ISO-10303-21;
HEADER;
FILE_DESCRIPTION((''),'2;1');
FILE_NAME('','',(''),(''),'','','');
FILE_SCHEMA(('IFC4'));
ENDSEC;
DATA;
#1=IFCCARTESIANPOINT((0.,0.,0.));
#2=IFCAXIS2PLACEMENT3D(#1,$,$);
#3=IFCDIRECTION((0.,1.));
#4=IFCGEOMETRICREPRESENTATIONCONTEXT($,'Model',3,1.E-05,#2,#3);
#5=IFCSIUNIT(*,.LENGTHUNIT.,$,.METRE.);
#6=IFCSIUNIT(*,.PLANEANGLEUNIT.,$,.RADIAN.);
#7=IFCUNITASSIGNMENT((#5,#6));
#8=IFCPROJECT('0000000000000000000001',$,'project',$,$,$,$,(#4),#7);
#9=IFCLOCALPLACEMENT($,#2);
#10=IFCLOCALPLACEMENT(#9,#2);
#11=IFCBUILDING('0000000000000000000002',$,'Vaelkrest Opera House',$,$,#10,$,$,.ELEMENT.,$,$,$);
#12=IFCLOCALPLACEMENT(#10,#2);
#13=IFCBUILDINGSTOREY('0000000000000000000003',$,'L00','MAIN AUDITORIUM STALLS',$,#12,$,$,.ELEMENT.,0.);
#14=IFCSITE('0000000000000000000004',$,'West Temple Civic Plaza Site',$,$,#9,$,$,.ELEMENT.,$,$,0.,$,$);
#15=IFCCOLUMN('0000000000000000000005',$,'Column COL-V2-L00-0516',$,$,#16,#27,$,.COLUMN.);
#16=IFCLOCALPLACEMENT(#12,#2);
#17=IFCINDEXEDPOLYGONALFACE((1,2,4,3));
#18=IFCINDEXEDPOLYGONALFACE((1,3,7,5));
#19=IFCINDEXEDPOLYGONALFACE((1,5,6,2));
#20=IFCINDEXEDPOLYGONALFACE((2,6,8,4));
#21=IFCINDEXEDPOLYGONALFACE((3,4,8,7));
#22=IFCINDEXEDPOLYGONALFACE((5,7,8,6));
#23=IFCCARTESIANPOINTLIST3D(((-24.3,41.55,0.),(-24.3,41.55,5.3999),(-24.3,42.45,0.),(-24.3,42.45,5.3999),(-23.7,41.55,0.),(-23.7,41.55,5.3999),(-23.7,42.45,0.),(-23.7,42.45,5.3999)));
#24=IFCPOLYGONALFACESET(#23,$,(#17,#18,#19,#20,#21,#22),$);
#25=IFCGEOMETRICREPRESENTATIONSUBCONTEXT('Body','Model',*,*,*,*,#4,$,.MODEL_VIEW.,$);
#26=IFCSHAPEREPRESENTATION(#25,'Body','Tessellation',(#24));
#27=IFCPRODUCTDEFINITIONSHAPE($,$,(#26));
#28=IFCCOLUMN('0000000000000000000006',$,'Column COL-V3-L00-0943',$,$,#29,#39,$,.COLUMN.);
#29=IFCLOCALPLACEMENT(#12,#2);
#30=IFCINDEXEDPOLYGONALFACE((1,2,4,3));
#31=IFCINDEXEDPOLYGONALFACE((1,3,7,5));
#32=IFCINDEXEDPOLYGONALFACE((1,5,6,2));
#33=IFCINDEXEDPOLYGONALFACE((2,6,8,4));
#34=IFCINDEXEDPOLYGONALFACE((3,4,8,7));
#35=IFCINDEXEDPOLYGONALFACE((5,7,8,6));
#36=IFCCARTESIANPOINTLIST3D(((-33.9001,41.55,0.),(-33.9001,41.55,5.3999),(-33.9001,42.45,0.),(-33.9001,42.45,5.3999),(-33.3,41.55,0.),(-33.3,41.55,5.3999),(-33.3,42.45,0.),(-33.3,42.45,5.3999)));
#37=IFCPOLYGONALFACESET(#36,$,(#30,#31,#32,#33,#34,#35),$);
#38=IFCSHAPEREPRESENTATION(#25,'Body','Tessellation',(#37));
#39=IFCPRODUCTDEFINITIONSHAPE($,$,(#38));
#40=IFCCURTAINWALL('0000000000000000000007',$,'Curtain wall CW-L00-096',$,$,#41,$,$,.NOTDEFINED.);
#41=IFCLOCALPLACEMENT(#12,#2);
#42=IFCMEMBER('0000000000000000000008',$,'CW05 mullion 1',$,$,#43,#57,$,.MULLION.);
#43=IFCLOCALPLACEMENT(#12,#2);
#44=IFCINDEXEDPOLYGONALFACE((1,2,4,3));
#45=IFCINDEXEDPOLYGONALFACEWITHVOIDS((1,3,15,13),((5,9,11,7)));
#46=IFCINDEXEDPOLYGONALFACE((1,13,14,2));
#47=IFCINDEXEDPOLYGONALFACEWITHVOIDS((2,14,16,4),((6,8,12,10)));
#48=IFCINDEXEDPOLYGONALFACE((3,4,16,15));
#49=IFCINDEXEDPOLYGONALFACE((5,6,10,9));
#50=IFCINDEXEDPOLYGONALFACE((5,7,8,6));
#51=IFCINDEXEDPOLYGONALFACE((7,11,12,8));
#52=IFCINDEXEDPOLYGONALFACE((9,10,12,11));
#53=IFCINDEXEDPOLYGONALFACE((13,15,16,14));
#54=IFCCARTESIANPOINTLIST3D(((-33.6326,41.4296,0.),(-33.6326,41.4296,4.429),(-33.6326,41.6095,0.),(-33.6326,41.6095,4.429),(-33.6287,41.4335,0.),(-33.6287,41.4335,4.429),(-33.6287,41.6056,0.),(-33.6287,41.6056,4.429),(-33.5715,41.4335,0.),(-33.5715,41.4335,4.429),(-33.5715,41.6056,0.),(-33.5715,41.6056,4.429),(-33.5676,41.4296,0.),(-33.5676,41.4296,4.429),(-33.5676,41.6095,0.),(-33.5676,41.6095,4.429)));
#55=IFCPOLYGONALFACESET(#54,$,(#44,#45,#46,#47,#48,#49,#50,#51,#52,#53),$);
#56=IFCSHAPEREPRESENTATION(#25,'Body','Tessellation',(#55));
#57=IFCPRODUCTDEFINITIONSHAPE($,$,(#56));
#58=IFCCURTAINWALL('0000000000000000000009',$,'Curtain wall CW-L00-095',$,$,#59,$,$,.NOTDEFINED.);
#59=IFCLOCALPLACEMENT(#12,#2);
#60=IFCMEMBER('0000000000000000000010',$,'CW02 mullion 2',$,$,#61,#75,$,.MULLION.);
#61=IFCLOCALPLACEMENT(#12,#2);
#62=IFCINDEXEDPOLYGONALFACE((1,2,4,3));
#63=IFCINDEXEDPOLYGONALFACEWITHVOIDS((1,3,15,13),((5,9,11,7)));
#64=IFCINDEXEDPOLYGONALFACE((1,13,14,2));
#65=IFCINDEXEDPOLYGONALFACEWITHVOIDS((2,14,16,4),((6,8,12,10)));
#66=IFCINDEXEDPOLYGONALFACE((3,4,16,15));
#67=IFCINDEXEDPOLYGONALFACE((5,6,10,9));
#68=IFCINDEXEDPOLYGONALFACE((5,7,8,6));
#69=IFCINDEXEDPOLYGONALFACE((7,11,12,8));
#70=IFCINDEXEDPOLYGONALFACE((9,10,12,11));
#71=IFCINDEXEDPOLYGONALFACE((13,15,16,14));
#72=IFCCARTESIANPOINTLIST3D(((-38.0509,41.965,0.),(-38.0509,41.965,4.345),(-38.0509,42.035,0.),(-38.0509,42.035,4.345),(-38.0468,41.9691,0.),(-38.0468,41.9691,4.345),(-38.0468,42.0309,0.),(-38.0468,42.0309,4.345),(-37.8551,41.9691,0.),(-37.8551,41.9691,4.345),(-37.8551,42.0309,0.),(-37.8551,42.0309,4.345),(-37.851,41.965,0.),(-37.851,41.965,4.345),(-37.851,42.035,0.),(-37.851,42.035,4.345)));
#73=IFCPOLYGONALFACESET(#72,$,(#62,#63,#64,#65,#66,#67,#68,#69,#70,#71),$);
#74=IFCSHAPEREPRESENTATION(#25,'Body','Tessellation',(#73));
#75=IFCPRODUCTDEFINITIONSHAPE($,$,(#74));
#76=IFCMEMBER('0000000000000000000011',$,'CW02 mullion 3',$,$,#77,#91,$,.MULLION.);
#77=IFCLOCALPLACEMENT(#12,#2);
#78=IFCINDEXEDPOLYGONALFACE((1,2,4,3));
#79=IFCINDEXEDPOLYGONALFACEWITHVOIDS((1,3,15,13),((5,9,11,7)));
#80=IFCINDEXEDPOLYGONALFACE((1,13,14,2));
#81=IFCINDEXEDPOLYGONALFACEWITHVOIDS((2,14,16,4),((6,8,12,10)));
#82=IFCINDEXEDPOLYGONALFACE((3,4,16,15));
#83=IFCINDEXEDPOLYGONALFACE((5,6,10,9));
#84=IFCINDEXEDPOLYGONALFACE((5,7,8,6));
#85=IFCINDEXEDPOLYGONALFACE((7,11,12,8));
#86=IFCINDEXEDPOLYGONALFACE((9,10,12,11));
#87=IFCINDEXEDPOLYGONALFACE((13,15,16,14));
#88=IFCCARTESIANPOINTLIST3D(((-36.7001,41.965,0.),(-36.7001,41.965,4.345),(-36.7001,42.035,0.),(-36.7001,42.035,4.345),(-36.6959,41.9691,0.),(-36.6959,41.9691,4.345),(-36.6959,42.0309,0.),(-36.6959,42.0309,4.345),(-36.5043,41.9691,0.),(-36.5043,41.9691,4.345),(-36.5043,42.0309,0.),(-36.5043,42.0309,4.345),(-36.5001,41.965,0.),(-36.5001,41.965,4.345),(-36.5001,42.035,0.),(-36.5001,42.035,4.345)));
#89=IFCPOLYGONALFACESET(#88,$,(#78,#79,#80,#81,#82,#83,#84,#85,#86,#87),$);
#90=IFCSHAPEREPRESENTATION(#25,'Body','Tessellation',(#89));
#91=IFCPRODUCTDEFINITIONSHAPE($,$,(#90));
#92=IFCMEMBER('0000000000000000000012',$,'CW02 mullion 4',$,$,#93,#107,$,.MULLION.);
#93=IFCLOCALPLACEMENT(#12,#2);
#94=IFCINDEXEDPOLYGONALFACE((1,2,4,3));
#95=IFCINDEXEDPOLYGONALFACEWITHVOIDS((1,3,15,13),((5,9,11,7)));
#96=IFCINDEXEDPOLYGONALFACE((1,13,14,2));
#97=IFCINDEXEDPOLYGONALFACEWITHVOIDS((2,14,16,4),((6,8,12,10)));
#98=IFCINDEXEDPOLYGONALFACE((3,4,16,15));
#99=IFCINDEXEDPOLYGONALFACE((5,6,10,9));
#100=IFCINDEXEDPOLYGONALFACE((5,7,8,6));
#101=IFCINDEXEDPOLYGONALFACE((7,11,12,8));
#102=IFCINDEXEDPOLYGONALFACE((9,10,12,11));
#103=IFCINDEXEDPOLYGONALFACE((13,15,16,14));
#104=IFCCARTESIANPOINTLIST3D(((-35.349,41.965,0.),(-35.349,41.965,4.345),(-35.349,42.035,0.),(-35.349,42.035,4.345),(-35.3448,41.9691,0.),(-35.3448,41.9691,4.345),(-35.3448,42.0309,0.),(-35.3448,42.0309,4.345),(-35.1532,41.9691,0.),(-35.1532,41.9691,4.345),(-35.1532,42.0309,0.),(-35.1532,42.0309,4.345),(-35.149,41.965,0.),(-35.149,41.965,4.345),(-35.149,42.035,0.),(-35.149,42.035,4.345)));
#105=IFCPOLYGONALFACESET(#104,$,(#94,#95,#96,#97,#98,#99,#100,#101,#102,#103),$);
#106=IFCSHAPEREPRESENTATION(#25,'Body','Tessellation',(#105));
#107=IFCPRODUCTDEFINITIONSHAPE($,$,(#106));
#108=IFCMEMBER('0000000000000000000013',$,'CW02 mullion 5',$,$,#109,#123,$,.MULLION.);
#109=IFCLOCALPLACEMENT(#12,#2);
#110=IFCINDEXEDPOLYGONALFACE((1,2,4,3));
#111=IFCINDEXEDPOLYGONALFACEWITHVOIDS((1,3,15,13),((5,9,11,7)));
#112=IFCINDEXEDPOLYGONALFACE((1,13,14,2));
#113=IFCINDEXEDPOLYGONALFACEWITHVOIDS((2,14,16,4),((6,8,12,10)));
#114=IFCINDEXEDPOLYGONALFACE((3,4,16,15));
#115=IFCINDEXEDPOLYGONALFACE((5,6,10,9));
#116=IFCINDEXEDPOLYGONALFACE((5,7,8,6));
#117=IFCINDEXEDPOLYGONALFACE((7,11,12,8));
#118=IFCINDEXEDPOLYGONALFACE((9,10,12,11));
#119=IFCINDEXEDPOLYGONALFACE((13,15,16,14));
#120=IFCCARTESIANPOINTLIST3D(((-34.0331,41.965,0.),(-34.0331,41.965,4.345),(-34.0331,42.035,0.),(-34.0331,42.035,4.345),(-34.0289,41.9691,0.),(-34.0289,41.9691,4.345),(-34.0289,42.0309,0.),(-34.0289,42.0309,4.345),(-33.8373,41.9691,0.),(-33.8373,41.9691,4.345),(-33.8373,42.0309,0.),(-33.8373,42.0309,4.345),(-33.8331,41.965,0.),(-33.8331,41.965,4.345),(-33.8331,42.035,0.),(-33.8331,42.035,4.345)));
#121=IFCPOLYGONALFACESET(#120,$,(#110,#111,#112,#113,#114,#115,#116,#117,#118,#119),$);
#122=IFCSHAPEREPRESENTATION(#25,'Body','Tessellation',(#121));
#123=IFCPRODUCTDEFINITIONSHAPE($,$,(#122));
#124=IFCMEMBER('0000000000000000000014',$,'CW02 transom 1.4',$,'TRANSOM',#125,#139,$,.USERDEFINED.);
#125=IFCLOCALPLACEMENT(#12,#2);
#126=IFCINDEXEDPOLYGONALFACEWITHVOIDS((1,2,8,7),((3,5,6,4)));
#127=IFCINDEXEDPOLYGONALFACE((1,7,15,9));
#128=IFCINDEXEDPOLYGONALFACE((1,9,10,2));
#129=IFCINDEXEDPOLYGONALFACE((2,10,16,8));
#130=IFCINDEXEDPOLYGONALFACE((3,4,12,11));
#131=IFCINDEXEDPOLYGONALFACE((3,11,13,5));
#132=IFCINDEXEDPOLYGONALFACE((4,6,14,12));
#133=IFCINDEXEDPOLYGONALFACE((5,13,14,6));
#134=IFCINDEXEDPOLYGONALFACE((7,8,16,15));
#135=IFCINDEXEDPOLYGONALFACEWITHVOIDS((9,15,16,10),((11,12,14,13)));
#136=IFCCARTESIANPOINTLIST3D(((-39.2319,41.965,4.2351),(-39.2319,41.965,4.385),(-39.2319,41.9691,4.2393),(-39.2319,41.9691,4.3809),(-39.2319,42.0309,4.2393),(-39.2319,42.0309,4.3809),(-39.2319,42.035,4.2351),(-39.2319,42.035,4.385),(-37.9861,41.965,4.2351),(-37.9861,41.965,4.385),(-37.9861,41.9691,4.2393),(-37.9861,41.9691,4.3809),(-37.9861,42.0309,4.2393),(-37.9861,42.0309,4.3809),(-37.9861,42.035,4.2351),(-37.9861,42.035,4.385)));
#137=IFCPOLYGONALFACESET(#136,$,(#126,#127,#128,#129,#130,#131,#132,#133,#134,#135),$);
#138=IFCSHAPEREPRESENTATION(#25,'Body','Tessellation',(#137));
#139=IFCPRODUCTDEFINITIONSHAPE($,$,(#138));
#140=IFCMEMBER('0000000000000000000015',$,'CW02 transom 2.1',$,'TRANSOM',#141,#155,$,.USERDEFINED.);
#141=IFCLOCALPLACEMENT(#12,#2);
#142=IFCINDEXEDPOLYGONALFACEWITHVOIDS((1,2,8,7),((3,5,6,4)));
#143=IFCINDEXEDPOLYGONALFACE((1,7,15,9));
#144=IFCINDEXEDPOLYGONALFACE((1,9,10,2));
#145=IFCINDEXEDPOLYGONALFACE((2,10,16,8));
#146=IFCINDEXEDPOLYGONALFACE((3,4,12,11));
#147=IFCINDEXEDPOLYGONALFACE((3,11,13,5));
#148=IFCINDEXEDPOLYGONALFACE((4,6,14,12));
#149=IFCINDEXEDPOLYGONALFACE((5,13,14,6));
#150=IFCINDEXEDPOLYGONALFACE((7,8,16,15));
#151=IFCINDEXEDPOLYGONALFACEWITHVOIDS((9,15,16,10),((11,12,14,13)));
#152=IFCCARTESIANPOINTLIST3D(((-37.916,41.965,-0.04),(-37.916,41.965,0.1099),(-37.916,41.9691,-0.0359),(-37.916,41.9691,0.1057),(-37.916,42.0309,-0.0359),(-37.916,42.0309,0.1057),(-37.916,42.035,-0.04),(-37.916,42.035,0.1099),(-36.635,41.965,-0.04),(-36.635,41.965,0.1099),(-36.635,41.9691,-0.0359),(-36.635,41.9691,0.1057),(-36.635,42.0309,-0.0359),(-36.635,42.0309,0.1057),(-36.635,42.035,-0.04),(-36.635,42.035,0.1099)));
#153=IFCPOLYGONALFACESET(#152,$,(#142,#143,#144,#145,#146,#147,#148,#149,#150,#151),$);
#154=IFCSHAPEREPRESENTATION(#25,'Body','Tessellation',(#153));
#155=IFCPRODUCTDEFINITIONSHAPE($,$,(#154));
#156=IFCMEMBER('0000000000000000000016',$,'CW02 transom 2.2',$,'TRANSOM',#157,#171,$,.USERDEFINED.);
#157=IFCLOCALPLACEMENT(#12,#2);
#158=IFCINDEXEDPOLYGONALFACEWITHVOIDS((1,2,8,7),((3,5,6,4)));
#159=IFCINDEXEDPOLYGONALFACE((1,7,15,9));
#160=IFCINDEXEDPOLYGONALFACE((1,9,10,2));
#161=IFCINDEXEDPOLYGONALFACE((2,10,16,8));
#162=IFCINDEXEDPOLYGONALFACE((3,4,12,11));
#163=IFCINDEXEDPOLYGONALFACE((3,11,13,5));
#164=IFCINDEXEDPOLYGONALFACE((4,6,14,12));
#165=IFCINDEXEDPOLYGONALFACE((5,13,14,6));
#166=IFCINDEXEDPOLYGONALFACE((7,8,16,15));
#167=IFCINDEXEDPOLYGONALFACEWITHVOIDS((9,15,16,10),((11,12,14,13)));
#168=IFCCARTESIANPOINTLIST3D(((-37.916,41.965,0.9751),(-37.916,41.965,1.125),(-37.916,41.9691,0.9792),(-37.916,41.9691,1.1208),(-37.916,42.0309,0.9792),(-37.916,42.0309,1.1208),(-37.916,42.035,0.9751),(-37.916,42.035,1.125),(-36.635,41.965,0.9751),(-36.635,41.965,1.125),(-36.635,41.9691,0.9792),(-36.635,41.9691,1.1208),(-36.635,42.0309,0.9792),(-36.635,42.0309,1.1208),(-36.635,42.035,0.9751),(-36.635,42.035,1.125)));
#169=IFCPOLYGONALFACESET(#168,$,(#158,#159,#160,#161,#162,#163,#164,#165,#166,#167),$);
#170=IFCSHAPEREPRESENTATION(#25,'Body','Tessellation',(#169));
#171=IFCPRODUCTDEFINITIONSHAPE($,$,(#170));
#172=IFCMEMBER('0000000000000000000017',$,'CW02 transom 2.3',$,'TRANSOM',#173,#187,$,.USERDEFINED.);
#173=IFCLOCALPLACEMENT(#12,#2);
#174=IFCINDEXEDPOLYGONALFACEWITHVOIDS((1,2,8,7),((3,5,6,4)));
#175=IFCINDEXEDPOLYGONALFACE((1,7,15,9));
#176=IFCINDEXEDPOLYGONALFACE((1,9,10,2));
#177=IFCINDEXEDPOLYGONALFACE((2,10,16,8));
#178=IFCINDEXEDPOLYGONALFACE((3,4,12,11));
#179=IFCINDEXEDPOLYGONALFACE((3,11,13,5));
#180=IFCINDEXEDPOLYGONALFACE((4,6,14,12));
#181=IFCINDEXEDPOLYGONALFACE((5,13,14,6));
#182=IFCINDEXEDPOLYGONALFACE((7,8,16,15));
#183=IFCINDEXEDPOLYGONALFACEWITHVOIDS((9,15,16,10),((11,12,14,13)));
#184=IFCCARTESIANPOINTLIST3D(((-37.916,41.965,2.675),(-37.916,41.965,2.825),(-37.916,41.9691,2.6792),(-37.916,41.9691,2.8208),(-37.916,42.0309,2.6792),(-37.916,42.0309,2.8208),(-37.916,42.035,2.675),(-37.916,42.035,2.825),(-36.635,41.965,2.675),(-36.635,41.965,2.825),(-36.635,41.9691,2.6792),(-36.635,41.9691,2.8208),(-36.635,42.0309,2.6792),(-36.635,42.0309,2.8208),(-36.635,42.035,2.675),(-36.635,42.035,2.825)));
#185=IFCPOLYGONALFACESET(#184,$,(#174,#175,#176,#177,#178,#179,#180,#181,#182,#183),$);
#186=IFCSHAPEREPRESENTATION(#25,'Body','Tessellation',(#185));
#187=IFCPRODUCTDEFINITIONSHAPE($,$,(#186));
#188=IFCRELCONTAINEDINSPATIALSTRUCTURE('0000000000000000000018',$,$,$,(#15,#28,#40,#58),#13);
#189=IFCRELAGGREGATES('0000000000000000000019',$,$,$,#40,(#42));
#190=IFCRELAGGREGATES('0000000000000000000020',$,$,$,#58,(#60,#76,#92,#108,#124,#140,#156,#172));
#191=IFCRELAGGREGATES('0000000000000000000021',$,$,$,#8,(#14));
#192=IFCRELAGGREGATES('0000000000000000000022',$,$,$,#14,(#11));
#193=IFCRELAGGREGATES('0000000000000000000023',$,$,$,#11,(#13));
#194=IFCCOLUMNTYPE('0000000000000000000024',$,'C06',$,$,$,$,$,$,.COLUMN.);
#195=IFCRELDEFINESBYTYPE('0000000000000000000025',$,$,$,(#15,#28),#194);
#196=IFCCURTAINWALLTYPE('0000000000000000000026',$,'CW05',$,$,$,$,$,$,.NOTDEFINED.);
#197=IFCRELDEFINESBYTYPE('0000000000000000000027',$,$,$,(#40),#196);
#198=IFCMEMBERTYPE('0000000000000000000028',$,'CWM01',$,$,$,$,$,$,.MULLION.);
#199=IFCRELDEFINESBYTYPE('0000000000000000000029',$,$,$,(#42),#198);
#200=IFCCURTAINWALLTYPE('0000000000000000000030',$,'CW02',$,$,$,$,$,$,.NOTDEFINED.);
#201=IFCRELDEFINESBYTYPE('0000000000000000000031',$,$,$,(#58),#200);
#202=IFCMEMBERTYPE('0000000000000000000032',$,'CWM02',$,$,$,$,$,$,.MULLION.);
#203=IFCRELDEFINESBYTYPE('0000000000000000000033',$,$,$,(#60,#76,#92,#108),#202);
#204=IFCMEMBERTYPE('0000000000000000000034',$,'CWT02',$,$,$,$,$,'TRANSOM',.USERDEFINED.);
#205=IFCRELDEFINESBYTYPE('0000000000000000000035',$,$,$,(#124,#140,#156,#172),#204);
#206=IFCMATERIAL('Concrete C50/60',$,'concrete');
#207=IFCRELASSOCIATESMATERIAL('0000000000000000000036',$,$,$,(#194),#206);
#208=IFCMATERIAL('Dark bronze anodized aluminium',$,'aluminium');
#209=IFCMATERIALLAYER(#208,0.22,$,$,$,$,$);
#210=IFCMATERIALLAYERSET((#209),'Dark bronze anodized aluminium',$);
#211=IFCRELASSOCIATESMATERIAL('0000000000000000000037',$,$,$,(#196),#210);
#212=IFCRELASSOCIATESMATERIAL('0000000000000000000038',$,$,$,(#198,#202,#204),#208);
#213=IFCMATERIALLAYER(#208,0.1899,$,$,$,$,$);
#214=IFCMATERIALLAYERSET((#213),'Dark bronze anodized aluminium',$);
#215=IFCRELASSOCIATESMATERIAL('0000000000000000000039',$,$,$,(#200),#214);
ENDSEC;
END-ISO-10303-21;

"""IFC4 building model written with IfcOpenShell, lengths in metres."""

from ifc_helpers import new_model, si_unit, direction, frame, origin, origin_2d, place, context, subcontext, project, spatial, rectangle, hollow_rectangle, extrude, material, layer, layer_set, material_profile, profile_set, type_object, element, aggregate, save


model = new_model("IFC4")

# Units and contexts
model_context = context("Model", 3, precision=1e-05, world=origin(), true_north=direction((0.0, 1.0)))
body_context = subcontext(model_context, "Body", "Model", "MODEL_VIEW")
ifc_project = project(units=[si_unit("LENGTHUNIT", "METRE"), si_unit("PLANEANGLEUNIT", "RADIAN")], contexts=[model_context])

# Site, building, storey
site_placement = place(None, origin())
site = spatial("IfcSite", under=ifc_project, at=site_placement, Name="West Temple Civic Plaza Site", CompositionType="ELEMENT", RefElevation=0.0)
building_placement = place(site_placement, origin())
building = spatial("IfcBuilding", under=site, at=building_placement, Name="Vaelkrest Opera House", CompositionType="ELEMENT")
storey_placement = place(building_placement, origin())
storey = spatial("IfcBuildingStorey", under=building, at=storey_placement, Name="L00", Description="MAIN AUDITORIUM STALLS", CompositionType="ELEMENT", Elevation=0.0)

# Columns
ifc_material_1 = material(Name="Concrete C50/60", Category="concrete")
ifc_material_profile_1 = material_profile(ifc_material_1, rectangle(XDim=0.6001, YDim=0.8999, at=origin_2d()), Name="RC600X900")
ifc_profile_set_1 = profile_set([ifc_material_profile_1], Name="Concrete C50/60")
column_type = type_object("IfcColumnType", Name="C06", PredefinedType="COLUMN", material=ifc_profile_set_1)
for number, where, z_axis, x_axis, name in (
    (1, (-24.0, 42.0, 0.0), (0.0, 0.0, 1.0), (1.0, 0.0, 0.0), "Column COL-V2-L00-0516"),
    (2, (-33.6001, 42.0, 0.0), (0.0, 0.0, 1.0), (1.0, 0.0, 0.0), "Column COL-V3-L00-0943"),
):
    element("IfcColumn", number, at=place(storey_placement, frame(where, z_axis=z_axis, x_axis=x_axis)), inside=storey, type_object=column_type, Name=name, PredefinedType="COLUMN", context=body_context, shape_type="SweptSolid", body=[
        extrude(rectangle(XDim=0.6001, YDim=0.8999, at=origin_2d()), origin(), (0.0, 0.0, 1.0), 5.3999),
    ])

# Curtain wall, member
ifc_material_2 = material(Name="Dark bronze anodized aluminium", Category="aluminium")
ifc_layer_1 = layer(ifc_material_2, 0.22)
ifc_layer_set_1 = layer_set([ifc_layer_1], Name="Dark bronze anodized aluminium")
curtain_wall_type_1 = type_object("IfcCurtainWallType", Name="CW05", PredefinedType="NOTDEFINED", material=ifc_layer_set_1)
curtain_wall_1_placement = place(storey_placement, origin())
curtain_wall_1 = element("IfcCurtainWall", 3, at=curtain_wall_1_placement, inside=storey, type_object=curtain_wall_type_1, Name="Curtain wall CW-L00-096", PredefinedType="NOTDEFINED")
ifc_material_profile_2 = material_profile(ifc_material_2, hollow_rectangle(XDim=0.0649, YDim=0.1799, WallThickness=0.0039, at=origin_2d()), Name="CWM65X180")
ifc_profile_set_2 = profile_set([ifc_material_profile_2], Name="Dark bronze anodized aluminium")
member_type_1 = type_object("IfcMemberType", Name="CWM01", PredefinedType="MULLION", material=ifc_profile_set_2)
member_1_placement = place(storey_placement, frame((-33.6001, 41.5195, 0.0), z_axis=(0.0, 0.0, 1.0), x_axis=(1.0, 0.0, 0.0)))
member_1 = element("IfcMember", 4, at=member_1_placement, type_object=member_type_1, Name="CW05 mullion 1", PredefinedType="MULLION", context=body_context, shape_type="SweptSolid", body=[
    extrude(hollow_rectangle(XDim=0.0649, YDim=0.1799, WallThickness=0.0039, at=origin_2d()), origin(), (0.0, 0.0, 1.0), 4.429),
])
aggregate(curtain_wall_1, [member_1])

# Curtain wall, members
ifc_layer_2 = layer(ifc_material_2, 0.1899)
ifc_layer_set_2 = layer_set([ifc_layer_2], Name="Dark bronze anodized aluminium")
curtain_wall_type_2 = type_object("IfcCurtainWallType", Name="CW02", PredefinedType="NOTDEFINED", material=ifc_layer_set_2)
curtain_wall_2_placement = place(storey_placement, origin())
curtain_wall_2 = element("IfcCurtainWall", 5, at=curtain_wall_2_placement, inside=storey, type_object=curtain_wall_type_2, Name="Curtain wall CW-L00-095", PredefinedType="NOTDEFINED")
ifc_material_profile_3 = material_profile(ifc_material_2, hollow_rectangle(XDim=0.0701, YDim=0.2, WallThickness=0.0042, at=origin_2d()), Name="CWM70X200")
ifc_profile_set_3 = profile_set([ifc_material_profile_3], Name="Dark bronze anodized aluminium")
member_type_2 = type_object("IfcMemberType", Name="CWM02", PredefinedType="MULLION", material=ifc_profile_set_3)
member_2_placement = place(storey_placement, frame((-37.9509, 42.0, 0.0), z_axis=(0.0, 0.0, 1.0), x_axis=(0.0, 1.0, 0.0)))
member_2 = element("IfcMember", 6, at=member_2_placement, type_object=member_type_2, Name="CW02 mullion 2", PredefinedType="MULLION", context=body_context, shape_type="SweptSolid", body=[
    extrude(hollow_rectangle(XDim=0.0701, YDim=0.2, WallThickness=0.0042, at=origin_2d()), origin(), (0.0, 0.0, 1.0), 4.345),
])
member_3_placement = place(storey_placement, frame((-36.6001, 42.0, 0.0), z_axis=(0.0, 0.0, 1.0), x_axis=(0.0, 1.0, 0.0)))
member_3 = element("IfcMember", 7, at=member_3_placement, type_object=member_type_2, Name="CW02 mullion 3", PredefinedType="MULLION", context=body_context, shape_type="SweptSolid", body=[
    extrude(hollow_rectangle(XDim=0.0701, YDim=0.2, WallThickness=0.0042, at=origin_2d()), origin(), (0.0, 0.0, 1.0), 4.345),
])
member_4_placement = place(storey_placement, frame((-35.249, 42.0, 0.0), z_axis=(0.0, 0.0, 1.0), x_axis=(0.0, 1.0, 0.0)))
member_4 = element("IfcMember", 8, at=member_4_placement, type_object=member_type_2, Name="CW02 mullion 4", PredefinedType="MULLION", context=body_context, shape_type="SweptSolid", body=[
    extrude(hollow_rectangle(XDim=0.0701, YDim=0.2, WallThickness=0.0042, at=origin_2d()), origin(), (0.0, 0.0, 1.0), 4.345),
])
member_5_placement = place(storey_placement, frame((-33.9331, 42.0, 0.0), z_axis=(0.0, 0.0, 1.0), x_axis=(0.0, 1.0, 0.0)))
member_5 = element("IfcMember", 9, at=member_5_placement, type_object=member_type_2, Name="CW02 mullion 5", PredefinedType="MULLION", context=body_context, shape_type="SweptSolid", body=[
    extrude(hollow_rectangle(XDim=0.0701, YDim=0.2, WallThickness=0.0042, at=origin_2d()), origin(), (0.0, 0.0, 1.0), 4.345),
])
ifc_material_profile_4 = material_profile(ifc_material_2, hollow_rectangle(XDim=0.0701, YDim=0.1499, WallThickness=0.0042, at=origin_2d()), Name="CWT70X150")
ifc_profile_set_4 = profile_set([ifc_material_profile_4], Name="Dark bronze anodized aluminium")
member_type_3 = type_object("IfcMemberType", Name="CWT02", ElementType="TRANSOM", PredefinedType="USERDEFINED", material=ifc_profile_set_4)
member_6_placement = place(storey_placement, frame((-39.2319, 42.0, 4.3101), z_axis=(1.0, 0.0, 0.0), x_axis=(0.0, 1.0, 0.0)))
member_6 = element("IfcMember", 10, at=member_6_placement, type_object=member_type_3, Name="CW02 transom 1.4", ObjectType="TRANSOM", PredefinedType="USERDEFINED", context=body_context, shape_type="SweptSolid", body=[
    extrude(hollow_rectangle(XDim=0.0701, YDim=0.1499, WallThickness=0.0042, at=origin_2d()), origin(), (0.0, 0.0, 1.0), 1.2458),
])
member_7_placement = place(storey_placement, frame((-37.916, 42.0, 0.0349), z_axis=(1.0, 0.0, 0.0), x_axis=(0.0, 1.0, 0.0)))
member_7 = element("IfcMember", 11, at=member_7_placement, type_object=member_type_3, Name="CW02 transom 2.1", ObjectType="TRANSOM", PredefinedType="USERDEFINED", context=body_context, shape_type="SweptSolid", body=[
    extrude(hollow_rectangle(XDim=0.0701, YDim=0.1499, WallThickness=0.0042, at=origin_2d()), origin(), (0.0, 0.0, 1.0), 1.281),
])
member_8_placement = place(storey_placement, frame((-37.916, 42.0, 1.05), z_axis=(1.0, 0.0, 0.0), x_axis=(0.0, 1.0, 0.0)))
member_8 = element("IfcMember", 12, at=member_8_placement, type_object=member_type_3, Name="CW02 transom 2.2", ObjectType="TRANSOM", PredefinedType="USERDEFINED", context=body_context, shape_type="SweptSolid", body=[
    extrude(hollow_rectangle(XDim=0.0701, YDim=0.1499, WallThickness=0.0042, at=origin_2d()), origin(), (0.0, 0.0, 1.0), 1.281),
])
member_9_placement = place(storey_placement, frame((-37.916, 42.0, 2.75), z_axis=(1.0, 0.0, 0.0), x_axis=(0.0, 1.0, 0.0)))
member_9 = element("IfcMember", 13, at=member_9_placement, type_object=member_type_3, Name="CW02 transom 2.3", ObjectType="TRANSOM", PredefinedType="USERDEFINED", context=body_context, shape_type="SweptSolid", body=[
    extrude(hollow_rectangle(XDim=0.0701, YDim=0.1499, WallThickness=0.0042, at=origin_2d()), origin(), (0.0, 0.0, 1.0), 1.281),
])
aggregate(curtain_wall_2, [member_2, member_3, member_4, member_5, member_6, member_7, member_8, member_9])

save(model, "model.ifc")
